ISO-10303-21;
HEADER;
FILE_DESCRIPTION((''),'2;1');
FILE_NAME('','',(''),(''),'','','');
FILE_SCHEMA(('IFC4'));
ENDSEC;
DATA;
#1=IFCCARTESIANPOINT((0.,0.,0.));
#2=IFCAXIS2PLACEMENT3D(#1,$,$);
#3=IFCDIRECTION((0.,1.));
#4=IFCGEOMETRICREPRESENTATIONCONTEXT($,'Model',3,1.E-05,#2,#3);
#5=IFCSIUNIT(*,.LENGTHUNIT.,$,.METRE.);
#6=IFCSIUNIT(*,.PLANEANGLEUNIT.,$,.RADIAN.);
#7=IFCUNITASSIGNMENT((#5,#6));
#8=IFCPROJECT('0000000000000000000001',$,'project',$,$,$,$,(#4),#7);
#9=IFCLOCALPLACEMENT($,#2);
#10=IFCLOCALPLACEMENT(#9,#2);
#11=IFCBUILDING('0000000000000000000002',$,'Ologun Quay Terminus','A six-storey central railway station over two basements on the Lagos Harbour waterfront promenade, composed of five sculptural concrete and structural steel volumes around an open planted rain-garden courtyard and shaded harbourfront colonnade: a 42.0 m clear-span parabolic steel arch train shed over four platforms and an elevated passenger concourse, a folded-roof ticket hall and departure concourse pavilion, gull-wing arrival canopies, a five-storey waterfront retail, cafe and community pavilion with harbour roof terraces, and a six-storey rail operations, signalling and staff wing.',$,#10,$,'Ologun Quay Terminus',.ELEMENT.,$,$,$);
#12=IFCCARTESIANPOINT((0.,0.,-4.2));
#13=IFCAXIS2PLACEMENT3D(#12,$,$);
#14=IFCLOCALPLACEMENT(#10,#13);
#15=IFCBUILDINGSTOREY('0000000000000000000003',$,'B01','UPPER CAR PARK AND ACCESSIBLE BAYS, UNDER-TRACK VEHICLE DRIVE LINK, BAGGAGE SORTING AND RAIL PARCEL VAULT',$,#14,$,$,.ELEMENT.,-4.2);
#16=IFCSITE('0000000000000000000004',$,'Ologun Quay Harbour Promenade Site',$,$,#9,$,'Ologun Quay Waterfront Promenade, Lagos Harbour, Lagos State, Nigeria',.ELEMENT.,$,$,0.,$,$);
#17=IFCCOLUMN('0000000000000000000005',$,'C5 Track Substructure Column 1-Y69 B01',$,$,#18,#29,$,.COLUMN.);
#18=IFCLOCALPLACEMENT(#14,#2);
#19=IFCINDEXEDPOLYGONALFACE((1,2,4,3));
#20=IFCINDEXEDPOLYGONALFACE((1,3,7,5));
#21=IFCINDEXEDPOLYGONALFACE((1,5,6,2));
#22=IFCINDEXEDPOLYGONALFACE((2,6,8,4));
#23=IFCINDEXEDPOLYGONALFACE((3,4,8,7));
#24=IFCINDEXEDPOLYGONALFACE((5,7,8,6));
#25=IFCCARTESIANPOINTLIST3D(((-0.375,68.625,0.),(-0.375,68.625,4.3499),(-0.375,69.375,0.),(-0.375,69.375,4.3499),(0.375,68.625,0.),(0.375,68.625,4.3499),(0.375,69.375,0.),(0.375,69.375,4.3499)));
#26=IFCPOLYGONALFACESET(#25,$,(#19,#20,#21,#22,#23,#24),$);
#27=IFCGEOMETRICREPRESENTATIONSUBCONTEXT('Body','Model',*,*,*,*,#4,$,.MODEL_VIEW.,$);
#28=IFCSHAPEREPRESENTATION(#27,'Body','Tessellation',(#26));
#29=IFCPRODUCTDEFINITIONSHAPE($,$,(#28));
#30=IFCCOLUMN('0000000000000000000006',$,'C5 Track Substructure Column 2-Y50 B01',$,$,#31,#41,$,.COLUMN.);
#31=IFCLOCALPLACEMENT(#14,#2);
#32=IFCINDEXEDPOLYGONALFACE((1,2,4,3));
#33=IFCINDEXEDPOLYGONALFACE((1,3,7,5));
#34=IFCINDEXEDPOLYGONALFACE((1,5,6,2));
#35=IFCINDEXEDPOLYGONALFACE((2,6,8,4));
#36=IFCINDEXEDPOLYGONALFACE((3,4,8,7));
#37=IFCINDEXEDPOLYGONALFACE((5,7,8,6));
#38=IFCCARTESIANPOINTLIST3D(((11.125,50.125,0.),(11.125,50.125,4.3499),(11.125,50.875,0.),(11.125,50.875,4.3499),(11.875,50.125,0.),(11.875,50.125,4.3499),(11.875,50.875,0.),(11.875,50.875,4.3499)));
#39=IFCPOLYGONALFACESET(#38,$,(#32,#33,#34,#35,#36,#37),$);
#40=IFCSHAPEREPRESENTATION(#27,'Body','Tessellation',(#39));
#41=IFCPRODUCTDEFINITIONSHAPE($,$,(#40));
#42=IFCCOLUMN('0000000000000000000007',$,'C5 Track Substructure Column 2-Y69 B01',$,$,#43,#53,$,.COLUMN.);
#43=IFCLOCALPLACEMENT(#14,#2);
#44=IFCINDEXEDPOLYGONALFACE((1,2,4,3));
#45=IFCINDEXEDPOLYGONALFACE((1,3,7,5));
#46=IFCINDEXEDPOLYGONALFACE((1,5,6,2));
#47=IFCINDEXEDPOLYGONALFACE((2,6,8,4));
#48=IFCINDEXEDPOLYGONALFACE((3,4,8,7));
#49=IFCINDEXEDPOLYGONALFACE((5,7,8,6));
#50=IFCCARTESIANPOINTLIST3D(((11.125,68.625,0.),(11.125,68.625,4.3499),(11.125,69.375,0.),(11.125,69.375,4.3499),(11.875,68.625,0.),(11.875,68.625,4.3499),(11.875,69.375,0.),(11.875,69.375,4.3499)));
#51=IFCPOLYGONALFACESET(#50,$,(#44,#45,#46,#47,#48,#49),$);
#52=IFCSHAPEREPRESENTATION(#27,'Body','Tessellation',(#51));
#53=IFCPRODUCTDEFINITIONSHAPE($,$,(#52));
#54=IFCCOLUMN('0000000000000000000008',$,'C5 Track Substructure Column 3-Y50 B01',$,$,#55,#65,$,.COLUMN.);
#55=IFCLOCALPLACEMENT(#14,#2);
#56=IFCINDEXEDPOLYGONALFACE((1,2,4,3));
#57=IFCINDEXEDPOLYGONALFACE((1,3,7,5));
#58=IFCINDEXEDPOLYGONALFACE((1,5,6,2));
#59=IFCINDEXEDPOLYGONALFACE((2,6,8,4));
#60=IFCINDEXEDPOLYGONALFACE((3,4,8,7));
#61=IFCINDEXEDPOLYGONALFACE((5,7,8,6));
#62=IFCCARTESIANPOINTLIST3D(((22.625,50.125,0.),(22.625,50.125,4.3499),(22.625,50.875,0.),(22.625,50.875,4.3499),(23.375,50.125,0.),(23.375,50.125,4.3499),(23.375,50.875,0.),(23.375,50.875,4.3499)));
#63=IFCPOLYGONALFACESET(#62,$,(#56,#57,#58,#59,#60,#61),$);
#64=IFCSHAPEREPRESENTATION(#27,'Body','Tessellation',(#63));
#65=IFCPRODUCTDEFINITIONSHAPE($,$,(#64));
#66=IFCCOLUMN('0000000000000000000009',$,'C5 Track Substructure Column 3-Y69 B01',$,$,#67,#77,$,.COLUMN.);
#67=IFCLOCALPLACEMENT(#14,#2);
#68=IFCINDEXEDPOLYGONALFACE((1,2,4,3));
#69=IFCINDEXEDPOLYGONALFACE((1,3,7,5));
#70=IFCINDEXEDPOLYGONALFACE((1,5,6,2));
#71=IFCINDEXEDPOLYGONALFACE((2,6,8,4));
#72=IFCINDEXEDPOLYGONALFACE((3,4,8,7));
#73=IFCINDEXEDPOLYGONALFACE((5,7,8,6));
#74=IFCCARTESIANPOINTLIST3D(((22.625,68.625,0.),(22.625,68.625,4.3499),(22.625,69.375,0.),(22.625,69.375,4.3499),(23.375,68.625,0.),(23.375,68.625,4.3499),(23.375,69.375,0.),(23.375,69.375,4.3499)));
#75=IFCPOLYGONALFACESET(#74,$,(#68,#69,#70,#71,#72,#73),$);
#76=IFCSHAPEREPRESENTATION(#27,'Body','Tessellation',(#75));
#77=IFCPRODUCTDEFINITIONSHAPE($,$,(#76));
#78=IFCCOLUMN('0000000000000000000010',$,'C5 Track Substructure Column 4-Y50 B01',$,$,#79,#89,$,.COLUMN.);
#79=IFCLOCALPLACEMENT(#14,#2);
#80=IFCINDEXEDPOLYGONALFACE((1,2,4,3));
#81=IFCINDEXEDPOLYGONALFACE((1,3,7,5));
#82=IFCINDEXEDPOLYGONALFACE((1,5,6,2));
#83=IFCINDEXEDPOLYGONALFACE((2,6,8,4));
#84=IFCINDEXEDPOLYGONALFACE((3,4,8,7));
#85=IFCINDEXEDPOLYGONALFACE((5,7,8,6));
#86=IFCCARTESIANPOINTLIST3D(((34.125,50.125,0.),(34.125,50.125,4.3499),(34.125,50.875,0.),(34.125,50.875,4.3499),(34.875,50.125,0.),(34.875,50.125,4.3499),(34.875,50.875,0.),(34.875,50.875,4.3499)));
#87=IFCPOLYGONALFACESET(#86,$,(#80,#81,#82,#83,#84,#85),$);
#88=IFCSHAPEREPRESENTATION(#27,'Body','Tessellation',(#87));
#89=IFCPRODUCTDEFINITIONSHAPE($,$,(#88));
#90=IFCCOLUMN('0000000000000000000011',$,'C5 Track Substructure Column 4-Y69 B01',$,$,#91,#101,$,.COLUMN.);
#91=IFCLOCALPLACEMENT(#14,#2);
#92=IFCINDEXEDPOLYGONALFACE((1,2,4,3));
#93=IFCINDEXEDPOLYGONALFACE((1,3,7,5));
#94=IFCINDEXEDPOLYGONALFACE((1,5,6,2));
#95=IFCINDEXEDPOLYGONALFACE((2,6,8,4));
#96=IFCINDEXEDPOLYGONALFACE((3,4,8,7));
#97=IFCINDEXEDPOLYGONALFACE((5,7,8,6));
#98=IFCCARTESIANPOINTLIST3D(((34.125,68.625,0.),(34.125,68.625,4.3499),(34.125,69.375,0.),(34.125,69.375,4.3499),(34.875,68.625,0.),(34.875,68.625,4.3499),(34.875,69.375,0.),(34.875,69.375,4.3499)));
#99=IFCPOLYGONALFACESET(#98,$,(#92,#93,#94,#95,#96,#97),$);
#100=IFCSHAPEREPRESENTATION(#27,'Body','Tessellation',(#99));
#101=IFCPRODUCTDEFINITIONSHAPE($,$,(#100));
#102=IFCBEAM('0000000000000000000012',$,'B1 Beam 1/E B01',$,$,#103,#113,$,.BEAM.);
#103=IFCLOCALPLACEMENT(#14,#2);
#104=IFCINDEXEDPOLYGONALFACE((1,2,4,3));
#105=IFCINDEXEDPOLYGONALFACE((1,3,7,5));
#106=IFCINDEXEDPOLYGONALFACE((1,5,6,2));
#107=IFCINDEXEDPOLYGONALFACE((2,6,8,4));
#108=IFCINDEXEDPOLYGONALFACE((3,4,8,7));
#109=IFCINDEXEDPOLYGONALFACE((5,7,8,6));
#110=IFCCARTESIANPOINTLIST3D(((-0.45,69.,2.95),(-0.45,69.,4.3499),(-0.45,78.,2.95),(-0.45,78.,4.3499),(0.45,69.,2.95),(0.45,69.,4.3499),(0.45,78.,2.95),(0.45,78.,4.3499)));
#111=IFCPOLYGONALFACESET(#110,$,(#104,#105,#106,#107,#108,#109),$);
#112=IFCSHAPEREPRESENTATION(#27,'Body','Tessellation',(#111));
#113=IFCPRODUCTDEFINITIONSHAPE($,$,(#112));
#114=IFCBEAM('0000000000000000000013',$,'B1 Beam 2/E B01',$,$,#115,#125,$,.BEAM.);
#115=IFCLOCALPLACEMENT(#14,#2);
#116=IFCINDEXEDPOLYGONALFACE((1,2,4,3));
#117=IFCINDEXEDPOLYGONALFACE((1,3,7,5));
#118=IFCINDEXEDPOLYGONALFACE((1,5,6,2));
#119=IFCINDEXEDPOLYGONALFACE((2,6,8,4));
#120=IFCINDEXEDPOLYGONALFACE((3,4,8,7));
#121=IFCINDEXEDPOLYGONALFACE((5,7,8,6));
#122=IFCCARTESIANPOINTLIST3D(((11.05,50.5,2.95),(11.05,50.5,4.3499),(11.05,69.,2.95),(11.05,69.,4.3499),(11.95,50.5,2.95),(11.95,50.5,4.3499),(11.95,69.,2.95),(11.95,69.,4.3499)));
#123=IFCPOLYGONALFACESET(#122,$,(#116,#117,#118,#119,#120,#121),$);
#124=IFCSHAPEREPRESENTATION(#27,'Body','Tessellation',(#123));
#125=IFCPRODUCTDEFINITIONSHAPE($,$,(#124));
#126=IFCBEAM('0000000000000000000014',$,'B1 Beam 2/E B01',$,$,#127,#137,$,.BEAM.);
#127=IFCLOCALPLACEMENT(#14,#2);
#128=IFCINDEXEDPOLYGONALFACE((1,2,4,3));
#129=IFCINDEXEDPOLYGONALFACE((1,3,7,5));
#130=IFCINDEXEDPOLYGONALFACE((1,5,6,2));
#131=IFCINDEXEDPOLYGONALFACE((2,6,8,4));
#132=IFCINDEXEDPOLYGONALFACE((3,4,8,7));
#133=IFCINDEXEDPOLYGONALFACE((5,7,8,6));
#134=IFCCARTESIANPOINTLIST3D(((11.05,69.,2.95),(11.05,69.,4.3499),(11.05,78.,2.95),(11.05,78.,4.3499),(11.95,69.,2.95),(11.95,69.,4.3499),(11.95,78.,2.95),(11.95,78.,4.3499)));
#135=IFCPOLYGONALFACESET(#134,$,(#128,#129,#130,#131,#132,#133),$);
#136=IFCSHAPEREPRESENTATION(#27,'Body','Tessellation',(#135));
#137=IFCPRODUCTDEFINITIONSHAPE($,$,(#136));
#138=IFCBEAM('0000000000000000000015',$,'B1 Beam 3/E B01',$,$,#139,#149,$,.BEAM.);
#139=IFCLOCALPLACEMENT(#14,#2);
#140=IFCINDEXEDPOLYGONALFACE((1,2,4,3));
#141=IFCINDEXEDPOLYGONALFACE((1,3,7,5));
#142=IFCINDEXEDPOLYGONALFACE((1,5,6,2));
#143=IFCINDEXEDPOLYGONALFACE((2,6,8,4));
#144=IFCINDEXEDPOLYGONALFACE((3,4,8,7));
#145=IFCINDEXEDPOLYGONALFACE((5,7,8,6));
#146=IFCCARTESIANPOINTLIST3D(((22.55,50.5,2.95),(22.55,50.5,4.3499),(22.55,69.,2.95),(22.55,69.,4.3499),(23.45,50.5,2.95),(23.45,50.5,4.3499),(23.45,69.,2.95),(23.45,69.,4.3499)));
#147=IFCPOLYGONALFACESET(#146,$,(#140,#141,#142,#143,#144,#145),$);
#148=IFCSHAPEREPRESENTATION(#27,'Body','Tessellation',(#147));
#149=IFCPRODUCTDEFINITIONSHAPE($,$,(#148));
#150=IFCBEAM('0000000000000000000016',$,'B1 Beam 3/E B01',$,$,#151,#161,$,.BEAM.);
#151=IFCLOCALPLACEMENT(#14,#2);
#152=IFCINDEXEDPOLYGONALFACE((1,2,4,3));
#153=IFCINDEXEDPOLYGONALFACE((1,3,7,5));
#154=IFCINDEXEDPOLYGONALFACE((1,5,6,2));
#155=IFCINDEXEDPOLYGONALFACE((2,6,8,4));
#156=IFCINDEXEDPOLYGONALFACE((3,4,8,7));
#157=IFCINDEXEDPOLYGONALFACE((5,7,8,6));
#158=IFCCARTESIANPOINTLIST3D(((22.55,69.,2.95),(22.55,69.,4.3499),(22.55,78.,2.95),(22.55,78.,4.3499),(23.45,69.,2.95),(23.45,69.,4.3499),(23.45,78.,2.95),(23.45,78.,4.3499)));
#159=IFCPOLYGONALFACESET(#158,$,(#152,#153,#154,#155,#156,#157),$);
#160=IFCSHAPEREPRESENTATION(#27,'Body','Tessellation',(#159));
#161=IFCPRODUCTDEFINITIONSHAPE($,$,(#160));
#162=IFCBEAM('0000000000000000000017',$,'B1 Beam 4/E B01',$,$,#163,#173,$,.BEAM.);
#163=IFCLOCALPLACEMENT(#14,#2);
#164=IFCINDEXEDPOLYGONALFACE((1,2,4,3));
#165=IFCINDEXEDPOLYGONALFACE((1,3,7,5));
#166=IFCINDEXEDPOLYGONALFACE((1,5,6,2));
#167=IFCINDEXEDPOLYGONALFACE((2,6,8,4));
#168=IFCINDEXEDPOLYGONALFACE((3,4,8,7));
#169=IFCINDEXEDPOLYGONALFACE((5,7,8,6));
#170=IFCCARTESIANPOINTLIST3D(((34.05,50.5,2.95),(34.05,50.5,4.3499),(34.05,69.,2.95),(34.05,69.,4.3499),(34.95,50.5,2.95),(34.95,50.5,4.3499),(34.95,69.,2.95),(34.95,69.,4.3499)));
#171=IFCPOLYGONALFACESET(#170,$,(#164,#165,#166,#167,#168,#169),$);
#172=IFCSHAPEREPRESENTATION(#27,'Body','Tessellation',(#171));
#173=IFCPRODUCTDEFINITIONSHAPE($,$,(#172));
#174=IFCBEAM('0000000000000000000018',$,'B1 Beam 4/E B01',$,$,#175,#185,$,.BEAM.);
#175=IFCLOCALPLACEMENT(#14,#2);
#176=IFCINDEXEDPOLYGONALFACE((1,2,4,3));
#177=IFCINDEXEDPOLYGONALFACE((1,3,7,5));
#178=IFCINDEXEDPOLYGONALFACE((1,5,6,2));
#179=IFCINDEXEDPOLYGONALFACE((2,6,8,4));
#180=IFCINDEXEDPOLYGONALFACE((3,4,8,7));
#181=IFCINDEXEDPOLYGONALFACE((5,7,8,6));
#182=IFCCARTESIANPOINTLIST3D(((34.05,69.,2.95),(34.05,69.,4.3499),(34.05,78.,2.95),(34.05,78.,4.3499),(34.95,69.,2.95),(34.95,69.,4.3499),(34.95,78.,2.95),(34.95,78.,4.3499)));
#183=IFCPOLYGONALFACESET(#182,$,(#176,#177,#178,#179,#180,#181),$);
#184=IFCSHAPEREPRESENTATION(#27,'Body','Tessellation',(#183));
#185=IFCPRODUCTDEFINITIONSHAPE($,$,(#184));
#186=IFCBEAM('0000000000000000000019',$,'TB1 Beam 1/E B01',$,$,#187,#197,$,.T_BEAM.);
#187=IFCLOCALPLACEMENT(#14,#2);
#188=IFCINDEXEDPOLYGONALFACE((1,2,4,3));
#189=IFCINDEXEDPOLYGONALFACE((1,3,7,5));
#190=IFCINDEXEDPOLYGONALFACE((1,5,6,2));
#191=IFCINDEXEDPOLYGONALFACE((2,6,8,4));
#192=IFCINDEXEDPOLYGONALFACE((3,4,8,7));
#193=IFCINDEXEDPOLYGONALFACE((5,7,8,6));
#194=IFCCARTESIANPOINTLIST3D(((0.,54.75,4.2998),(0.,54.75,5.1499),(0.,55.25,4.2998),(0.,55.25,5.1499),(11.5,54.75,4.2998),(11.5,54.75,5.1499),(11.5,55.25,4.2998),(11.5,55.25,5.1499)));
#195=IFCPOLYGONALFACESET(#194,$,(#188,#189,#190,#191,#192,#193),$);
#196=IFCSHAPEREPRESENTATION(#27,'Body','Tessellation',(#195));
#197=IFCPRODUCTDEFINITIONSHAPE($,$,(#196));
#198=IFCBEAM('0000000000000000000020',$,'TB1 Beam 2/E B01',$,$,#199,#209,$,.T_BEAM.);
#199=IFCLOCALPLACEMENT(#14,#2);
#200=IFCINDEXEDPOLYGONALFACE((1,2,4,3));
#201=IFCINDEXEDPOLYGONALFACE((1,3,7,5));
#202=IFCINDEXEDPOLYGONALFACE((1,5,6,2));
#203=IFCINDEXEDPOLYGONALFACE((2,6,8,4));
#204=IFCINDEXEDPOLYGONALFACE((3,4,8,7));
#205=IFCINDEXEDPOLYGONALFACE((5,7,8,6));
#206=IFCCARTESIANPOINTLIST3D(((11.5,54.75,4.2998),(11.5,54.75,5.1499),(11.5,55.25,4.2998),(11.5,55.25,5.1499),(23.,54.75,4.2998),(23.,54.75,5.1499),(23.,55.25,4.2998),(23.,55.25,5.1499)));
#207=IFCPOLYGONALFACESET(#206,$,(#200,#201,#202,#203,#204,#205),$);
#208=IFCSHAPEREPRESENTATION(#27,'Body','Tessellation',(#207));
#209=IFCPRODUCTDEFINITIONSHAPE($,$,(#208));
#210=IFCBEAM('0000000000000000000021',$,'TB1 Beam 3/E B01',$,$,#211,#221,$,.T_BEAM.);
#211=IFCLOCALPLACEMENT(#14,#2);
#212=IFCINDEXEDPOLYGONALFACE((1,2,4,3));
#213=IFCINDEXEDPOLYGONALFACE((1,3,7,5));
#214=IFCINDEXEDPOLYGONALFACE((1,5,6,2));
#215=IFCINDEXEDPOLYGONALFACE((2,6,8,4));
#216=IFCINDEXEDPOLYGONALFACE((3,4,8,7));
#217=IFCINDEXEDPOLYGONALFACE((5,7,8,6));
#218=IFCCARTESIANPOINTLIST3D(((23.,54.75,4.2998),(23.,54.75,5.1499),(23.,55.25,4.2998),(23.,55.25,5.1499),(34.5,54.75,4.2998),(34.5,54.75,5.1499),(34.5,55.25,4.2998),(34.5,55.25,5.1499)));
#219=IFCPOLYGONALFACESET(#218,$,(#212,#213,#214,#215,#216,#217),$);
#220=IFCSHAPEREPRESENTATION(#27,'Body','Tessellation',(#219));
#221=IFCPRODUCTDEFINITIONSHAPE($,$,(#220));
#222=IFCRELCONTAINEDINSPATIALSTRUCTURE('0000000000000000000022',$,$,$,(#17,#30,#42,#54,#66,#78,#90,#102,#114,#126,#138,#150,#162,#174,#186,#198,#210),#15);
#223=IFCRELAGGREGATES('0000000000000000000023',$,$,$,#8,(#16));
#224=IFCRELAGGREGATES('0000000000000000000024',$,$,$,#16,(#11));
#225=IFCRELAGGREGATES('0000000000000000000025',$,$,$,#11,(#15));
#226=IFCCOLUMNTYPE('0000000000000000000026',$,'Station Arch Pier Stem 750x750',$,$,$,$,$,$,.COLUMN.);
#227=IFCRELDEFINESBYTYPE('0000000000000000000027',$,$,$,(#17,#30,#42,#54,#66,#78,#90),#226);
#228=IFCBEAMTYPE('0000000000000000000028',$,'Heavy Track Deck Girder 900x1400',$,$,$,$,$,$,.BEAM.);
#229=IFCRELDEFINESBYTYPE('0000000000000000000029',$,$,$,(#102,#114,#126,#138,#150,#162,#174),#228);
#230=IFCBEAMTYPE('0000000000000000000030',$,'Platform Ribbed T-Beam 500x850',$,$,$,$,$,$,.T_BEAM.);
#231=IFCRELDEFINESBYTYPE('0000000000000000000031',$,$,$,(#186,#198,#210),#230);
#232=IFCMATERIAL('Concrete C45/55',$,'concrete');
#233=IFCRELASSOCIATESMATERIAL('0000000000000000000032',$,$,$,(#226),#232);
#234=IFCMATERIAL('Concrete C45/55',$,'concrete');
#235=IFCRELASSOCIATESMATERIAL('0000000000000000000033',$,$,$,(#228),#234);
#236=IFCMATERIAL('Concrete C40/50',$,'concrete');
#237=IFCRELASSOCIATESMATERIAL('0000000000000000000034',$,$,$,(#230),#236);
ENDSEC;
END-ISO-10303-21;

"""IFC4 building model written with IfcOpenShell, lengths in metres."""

from ifc_helpers import new_model, si_unit, direction, frame, origin, origin_2d, place, context, subcontext, project, spatial, rectangle, extrude, material, material_profile, profile_set, type_object, element, save


model = new_model("IFC4")

# Units and contexts
model_context = context("Model", 3, precision=1e-05, world=origin(), true_north=direction((0.0, 1.0)))
body_context = subcontext(model_context, "Body", "Model", "MODEL_VIEW")
ifc_project = project(units=[si_unit("LENGTHUNIT", "METRE"), si_unit("PLANEANGLEUNIT", "RADIAN")], contexts=[model_context])

# Site, building, storey
site_placement = place(None, origin())
site = spatial("IfcSite", under=ifc_project, at=site_placement, Name="Ologun Quay Harbour Promenade Site", LongName="Ologun Quay Waterfront Promenade, Lagos Harbour, Lagos State, Nigeria", CompositionType="ELEMENT", RefElevation=0.0)
building_placement = place(site_placement, origin())
building = spatial("IfcBuilding", under=site, at=building_placement, Name="Ologun Quay Terminus", Description="A six-storey central railway station over two basements on the Lagos Harbour waterfront promenade, composed of five sculptural concrete and structural steel volumes around an open planted rain-garden courtyard and shaded harbourfront colonnade: a 42.0 m clear-span parabolic steel arch train shed over four platforms and an elevated passenger concourse, a folded-roof ticket hall and departure concourse pavilion, gull-wing arrival canopies, a five-storey waterfront retail, cafe and community pavilion with harbour roof terraces, and a six-storey rail operations, signalling and staff wing.", LongName="Ologun Quay Terminus", CompositionType="ELEMENT")
storey_placement = place(building_placement, frame((0.0, 0.0, -4.2)))
storey = spatial("IfcBuildingStorey", under=building, at=storey_placement, Name="B01", Description="UPPER CAR PARK AND ACCESSIBLE BAYS, UNDER-TRACK VEHICLE DRIVE LINK, BAGGAGE SORTING AND RAIL PARCEL VAULT", CompositionType="ELEMENT", Elevation=-4.2)

# Columns
ifc_material_1 = material(Name="Concrete C45/55", Category="concrete")
ifc_material_profile_1 = material_profile(ifc_material_1, rectangle(XDim=0.75, YDim=0.75, at=origin_2d()), Name="RC 750x750")
ifc_profile_set_1 = profile_set([ifc_material_profile_1], Name="Concrete C45/55")
column_type = type_object("IfcColumnType", Name="Station Arch Pier Stem 750x750", PredefinedType="COLUMN", material=ifc_profile_set_1)
for number, where, z_axis, x_axis, name in (
    (1, (0.0, 69.0, 0.0), (0.0, 0.0, 1.0), (1.0, 0.0, 0.0), "C5 Track Substructure Column 1-Y69 B01"),
    (2, (11.5, 50.5, 0.0), (0.0, 0.0, 1.0), (1.0, 0.0, 0.0), "C5 Track Substructure Column 2-Y50 B01"),
    (3, (11.5, 69.0, 0.0), (0.0, 0.0, 1.0), (1.0, 0.0, 0.0), "C5 Track Substructure Column 2-Y69 B01"),
    (4, (23.0, 50.5, 0.0), (0.0, 0.0, 1.0), (1.0, 0.0, 0.0), "C5 Track Substructure Column 3-Y50 B01"),
    (5, (23.0, 69.0, 0.0), (0.0, 0.0, 1.0), (1.0, 0.0, 0.0), "C5 Track Substructure Column 3-Y69 B01"),
    (6, (34.5, 50.5, 0.0), (0.0, 0.0, 1.0), (1.0, 0.0, 0.0), "C5 Track Substructure Column 4-Y50 B01"),
    (7, (34.5, 69.0, 0.0), (0.0, 0.0, 1.0), (1.0, 0.0, 0.0), "C5 Track Substructure Column 4-Y69 B01"),
):
    element("IfcColumn", number, at=place(storey_placement, frame(where, z_axis=z_axis, x_axis=x_axis)), inside=storey, type_object=column_type, Name=name, PredefinedType="COLUMN", context=body_context, shape_type="SweptSolid", body=[
        extrude(rectangle(XDim=0.75, YDim=0.75, at=origin_2d()), origin(), (0.0, 0.0, 1.0), 4.3499),
    ])

# Beams
ifc_material_2 = material(Name="Concrete C45/55", Category="concrete")
ifc_material_profile_2 = material_profile(ifc_material_2, rectangle(XDim=0.8999, YDim=1.3999, at=origin_2d()), Name="RC 900x1400")
ifc_profile_set_2 = profile_set([ifc_material_profile_2], Name="Concrete C45/55")
beam_type_1 = type_object("IfcBeamType", Name="Heavy Track Deck Girder 900x1400", PredefinedType="BEAM", material=ifc_profile_set_2)
beam_1_placement = place(storey_placement, frame((0.0, 69.0, 3.6499), z_axis=(0.0, 1.0, 0.0), x_axis=(-1.0, 0.0, 0.0)))
element("IfcBeam", 8, at=beam_1_placement, inside=storey, type_object=beam_type_1, Name="B1 Beam 1/E B01", PredefinedType="BEAM", context=body_context, shape_type="SweptSolid", body=[
    extrude(rectangle(XDim=0.8999, YDim=1.3999, at=origin_2d()), origin(), (0.0, 0.0, 1.0), 9.0),
])
beam_2_placement = place(storey_placement, frame((11.5, 50.5, 3.6499), z_axis=(0.0, 1.0, 0.0), x_axis=(-1.0, 0.0, 0.0)))
element("IfcBeam", 9, at=beam_2_placement, inside=storey, type_object=beam_type_1, Name="B1 Beam 2/E B01", PredefinedType="BEAM", context=body_context, shape_type="SweptSolid", body=[
    extrude(rectangle(XDim=0.8999, YDim=1.3999, at=origin_2d()), origin(), (0.0, 0.0, 1.0), 18.5),
])
beam_3_placement = place(storey_placement, frame((11.5, 69.0, 3.6499), z_axis=(0.0, 1.0, 0.0), x_axis=(-1.0, 0.0, 0.0)))
element("IfcBeam", 10, at=beam_3_placement, inside=storey, type_object=beam_type_1, Name="B1 Beam 2/E B01", PredefinedType="BEAM", context=body_context, shape_type="SweptSolid", body=[
    extrude(rectangle(XDim=0.8999, YDim=1.3999, at=origin_2d()), origin(), (0.0, 0.0, 1.0), 9.0),
])
beam_4_placement = place(storey_placement, frame((23.0, 50.5, 3.6499), z_axis=(0.0, 1.0, 0.0), x_axis=(-1.0, 0.0, 0.0)))
element("IfcBeam", 11, at=beam_4_placement, inside=storey, type_object=beam_type_1, Name="B1 Beam 3/E B01", PredefinedType="BEAM", context=body_context, shape_type="SweptSolid", body=[
    extrude(rectangle(XDim=0.8999, YDim=1.3999, at=origin_2d()), origin(), (0.0, 0.0, 1.0), 18.5),
])
beam_5_placement = place(storey_placement, frame((23.0, 69.0, 3.6499), z_axis=(0.0, 1.0, 0.0), x_axis=(-1.0, 0.0, 0.0)))
element("IfcBeam", 12, at=beam_5_placement, inside=storey, type_object=beam_type_1, Name="B1 Beam 3/E B01", PredefinedType="BEAM", context=body_context, shape_type="SweptSolid", body=[
    extrude(rectangle(XDim=0.8999, YDim=1.3999, at=origin_2d()), origin(), (0.0, 0.0, 1.0), 9.0),
])
beam_6_placement = place(storey_placement, frame((34.5, 50.5, 3.6499), z_axis=(0.0, 1.0, 0.0), x_axis=(-1.0, 0.0, 0.0)))
element("IfcBeam", 13, at=beam_6_placement, inside=storey, type_object=beam_type_1, Name="B1 Beam 4/E B01", PredefinedType="BEAM", context=body_context, shape_type="SweptSolid", body=[
    extrude(rectangle(XDim=0.8999, YDim=1.3999, at=origin_2d()), origin(), (0.0, 0.0, 1.0), 18.5),
])
beam_7_placement = place(storey_placement, frame((34.5, 69.0, 3.6499), z_axis=(0.0, 1.0, 0.0), x_axis=(-1.0, 0.0, 0.0)))
element("IfcBeam", 14, at=beam_7_placement, inside=storey, type_object=beam_type_1, Name="B1 Beam 4/E B01", PredefinedType="BEAM", context=body_context, shape_type="SweptSolid", body=[
    extrude(rectangle(XDim=0.8999, YDim=1.3999, at=origin_2d()), origin(), (0.0, 0.0, 1.0), 9.0),
])
ifc_material_3 = material(Name="Concrete C40/50", Category="concrete")
ifc_material_profile_3 = material_profile(ifc_material_3, rectangle(XDim=0.5, YDim=0.8501, at=origin_2d()), Name="RC 500x850")
ifc_profile_set_3 = profile_set([ifc_material_profile_3], Name="Concrete C40/50")
beam_type_2 = type_object("IfcBeamType", Name="Platform Ribbed T-Beam 500x850", PredefinedType="T_BEAM", material=ifc_profile_set_3)
for number, where, z_axis, x_axis, name in (
    (15, (0.0, 55.0, 4.7249), (1.0, 0.0, 0.0), (0.0, 1.0, 0.0), "TB1 Beam 1/E B01"),
    (16, (11.5, 55.0, 4.7249), (1.0, 0.0, 0.0), (0.0, 1.0, 0.0), "TB1 Beam 2/E B01"),
    (17, (23.0, 55.0, 4.7249), (1.0, 0.0, 0.0), (0.0, 1.0, 0.0), "TB1 Beam 3/E B01"),
):
    element("IfcBeam", number, at=place(storey_placement, frame(where, z_axis=z_axis, x_axis=x_axis)), inside=storey, type_object=beam_type_2, Name=name, PredefinedType="T_BEAM", context=body_context, shape_type="SweptSolid", body=[
        extrude(rectangle(XDim=0.5, YDim=0.8501, at=origin_2d()), origin(), (0.0, 0.0, 1.0), 11.5),
    ])

save(model, "model.ifc")
